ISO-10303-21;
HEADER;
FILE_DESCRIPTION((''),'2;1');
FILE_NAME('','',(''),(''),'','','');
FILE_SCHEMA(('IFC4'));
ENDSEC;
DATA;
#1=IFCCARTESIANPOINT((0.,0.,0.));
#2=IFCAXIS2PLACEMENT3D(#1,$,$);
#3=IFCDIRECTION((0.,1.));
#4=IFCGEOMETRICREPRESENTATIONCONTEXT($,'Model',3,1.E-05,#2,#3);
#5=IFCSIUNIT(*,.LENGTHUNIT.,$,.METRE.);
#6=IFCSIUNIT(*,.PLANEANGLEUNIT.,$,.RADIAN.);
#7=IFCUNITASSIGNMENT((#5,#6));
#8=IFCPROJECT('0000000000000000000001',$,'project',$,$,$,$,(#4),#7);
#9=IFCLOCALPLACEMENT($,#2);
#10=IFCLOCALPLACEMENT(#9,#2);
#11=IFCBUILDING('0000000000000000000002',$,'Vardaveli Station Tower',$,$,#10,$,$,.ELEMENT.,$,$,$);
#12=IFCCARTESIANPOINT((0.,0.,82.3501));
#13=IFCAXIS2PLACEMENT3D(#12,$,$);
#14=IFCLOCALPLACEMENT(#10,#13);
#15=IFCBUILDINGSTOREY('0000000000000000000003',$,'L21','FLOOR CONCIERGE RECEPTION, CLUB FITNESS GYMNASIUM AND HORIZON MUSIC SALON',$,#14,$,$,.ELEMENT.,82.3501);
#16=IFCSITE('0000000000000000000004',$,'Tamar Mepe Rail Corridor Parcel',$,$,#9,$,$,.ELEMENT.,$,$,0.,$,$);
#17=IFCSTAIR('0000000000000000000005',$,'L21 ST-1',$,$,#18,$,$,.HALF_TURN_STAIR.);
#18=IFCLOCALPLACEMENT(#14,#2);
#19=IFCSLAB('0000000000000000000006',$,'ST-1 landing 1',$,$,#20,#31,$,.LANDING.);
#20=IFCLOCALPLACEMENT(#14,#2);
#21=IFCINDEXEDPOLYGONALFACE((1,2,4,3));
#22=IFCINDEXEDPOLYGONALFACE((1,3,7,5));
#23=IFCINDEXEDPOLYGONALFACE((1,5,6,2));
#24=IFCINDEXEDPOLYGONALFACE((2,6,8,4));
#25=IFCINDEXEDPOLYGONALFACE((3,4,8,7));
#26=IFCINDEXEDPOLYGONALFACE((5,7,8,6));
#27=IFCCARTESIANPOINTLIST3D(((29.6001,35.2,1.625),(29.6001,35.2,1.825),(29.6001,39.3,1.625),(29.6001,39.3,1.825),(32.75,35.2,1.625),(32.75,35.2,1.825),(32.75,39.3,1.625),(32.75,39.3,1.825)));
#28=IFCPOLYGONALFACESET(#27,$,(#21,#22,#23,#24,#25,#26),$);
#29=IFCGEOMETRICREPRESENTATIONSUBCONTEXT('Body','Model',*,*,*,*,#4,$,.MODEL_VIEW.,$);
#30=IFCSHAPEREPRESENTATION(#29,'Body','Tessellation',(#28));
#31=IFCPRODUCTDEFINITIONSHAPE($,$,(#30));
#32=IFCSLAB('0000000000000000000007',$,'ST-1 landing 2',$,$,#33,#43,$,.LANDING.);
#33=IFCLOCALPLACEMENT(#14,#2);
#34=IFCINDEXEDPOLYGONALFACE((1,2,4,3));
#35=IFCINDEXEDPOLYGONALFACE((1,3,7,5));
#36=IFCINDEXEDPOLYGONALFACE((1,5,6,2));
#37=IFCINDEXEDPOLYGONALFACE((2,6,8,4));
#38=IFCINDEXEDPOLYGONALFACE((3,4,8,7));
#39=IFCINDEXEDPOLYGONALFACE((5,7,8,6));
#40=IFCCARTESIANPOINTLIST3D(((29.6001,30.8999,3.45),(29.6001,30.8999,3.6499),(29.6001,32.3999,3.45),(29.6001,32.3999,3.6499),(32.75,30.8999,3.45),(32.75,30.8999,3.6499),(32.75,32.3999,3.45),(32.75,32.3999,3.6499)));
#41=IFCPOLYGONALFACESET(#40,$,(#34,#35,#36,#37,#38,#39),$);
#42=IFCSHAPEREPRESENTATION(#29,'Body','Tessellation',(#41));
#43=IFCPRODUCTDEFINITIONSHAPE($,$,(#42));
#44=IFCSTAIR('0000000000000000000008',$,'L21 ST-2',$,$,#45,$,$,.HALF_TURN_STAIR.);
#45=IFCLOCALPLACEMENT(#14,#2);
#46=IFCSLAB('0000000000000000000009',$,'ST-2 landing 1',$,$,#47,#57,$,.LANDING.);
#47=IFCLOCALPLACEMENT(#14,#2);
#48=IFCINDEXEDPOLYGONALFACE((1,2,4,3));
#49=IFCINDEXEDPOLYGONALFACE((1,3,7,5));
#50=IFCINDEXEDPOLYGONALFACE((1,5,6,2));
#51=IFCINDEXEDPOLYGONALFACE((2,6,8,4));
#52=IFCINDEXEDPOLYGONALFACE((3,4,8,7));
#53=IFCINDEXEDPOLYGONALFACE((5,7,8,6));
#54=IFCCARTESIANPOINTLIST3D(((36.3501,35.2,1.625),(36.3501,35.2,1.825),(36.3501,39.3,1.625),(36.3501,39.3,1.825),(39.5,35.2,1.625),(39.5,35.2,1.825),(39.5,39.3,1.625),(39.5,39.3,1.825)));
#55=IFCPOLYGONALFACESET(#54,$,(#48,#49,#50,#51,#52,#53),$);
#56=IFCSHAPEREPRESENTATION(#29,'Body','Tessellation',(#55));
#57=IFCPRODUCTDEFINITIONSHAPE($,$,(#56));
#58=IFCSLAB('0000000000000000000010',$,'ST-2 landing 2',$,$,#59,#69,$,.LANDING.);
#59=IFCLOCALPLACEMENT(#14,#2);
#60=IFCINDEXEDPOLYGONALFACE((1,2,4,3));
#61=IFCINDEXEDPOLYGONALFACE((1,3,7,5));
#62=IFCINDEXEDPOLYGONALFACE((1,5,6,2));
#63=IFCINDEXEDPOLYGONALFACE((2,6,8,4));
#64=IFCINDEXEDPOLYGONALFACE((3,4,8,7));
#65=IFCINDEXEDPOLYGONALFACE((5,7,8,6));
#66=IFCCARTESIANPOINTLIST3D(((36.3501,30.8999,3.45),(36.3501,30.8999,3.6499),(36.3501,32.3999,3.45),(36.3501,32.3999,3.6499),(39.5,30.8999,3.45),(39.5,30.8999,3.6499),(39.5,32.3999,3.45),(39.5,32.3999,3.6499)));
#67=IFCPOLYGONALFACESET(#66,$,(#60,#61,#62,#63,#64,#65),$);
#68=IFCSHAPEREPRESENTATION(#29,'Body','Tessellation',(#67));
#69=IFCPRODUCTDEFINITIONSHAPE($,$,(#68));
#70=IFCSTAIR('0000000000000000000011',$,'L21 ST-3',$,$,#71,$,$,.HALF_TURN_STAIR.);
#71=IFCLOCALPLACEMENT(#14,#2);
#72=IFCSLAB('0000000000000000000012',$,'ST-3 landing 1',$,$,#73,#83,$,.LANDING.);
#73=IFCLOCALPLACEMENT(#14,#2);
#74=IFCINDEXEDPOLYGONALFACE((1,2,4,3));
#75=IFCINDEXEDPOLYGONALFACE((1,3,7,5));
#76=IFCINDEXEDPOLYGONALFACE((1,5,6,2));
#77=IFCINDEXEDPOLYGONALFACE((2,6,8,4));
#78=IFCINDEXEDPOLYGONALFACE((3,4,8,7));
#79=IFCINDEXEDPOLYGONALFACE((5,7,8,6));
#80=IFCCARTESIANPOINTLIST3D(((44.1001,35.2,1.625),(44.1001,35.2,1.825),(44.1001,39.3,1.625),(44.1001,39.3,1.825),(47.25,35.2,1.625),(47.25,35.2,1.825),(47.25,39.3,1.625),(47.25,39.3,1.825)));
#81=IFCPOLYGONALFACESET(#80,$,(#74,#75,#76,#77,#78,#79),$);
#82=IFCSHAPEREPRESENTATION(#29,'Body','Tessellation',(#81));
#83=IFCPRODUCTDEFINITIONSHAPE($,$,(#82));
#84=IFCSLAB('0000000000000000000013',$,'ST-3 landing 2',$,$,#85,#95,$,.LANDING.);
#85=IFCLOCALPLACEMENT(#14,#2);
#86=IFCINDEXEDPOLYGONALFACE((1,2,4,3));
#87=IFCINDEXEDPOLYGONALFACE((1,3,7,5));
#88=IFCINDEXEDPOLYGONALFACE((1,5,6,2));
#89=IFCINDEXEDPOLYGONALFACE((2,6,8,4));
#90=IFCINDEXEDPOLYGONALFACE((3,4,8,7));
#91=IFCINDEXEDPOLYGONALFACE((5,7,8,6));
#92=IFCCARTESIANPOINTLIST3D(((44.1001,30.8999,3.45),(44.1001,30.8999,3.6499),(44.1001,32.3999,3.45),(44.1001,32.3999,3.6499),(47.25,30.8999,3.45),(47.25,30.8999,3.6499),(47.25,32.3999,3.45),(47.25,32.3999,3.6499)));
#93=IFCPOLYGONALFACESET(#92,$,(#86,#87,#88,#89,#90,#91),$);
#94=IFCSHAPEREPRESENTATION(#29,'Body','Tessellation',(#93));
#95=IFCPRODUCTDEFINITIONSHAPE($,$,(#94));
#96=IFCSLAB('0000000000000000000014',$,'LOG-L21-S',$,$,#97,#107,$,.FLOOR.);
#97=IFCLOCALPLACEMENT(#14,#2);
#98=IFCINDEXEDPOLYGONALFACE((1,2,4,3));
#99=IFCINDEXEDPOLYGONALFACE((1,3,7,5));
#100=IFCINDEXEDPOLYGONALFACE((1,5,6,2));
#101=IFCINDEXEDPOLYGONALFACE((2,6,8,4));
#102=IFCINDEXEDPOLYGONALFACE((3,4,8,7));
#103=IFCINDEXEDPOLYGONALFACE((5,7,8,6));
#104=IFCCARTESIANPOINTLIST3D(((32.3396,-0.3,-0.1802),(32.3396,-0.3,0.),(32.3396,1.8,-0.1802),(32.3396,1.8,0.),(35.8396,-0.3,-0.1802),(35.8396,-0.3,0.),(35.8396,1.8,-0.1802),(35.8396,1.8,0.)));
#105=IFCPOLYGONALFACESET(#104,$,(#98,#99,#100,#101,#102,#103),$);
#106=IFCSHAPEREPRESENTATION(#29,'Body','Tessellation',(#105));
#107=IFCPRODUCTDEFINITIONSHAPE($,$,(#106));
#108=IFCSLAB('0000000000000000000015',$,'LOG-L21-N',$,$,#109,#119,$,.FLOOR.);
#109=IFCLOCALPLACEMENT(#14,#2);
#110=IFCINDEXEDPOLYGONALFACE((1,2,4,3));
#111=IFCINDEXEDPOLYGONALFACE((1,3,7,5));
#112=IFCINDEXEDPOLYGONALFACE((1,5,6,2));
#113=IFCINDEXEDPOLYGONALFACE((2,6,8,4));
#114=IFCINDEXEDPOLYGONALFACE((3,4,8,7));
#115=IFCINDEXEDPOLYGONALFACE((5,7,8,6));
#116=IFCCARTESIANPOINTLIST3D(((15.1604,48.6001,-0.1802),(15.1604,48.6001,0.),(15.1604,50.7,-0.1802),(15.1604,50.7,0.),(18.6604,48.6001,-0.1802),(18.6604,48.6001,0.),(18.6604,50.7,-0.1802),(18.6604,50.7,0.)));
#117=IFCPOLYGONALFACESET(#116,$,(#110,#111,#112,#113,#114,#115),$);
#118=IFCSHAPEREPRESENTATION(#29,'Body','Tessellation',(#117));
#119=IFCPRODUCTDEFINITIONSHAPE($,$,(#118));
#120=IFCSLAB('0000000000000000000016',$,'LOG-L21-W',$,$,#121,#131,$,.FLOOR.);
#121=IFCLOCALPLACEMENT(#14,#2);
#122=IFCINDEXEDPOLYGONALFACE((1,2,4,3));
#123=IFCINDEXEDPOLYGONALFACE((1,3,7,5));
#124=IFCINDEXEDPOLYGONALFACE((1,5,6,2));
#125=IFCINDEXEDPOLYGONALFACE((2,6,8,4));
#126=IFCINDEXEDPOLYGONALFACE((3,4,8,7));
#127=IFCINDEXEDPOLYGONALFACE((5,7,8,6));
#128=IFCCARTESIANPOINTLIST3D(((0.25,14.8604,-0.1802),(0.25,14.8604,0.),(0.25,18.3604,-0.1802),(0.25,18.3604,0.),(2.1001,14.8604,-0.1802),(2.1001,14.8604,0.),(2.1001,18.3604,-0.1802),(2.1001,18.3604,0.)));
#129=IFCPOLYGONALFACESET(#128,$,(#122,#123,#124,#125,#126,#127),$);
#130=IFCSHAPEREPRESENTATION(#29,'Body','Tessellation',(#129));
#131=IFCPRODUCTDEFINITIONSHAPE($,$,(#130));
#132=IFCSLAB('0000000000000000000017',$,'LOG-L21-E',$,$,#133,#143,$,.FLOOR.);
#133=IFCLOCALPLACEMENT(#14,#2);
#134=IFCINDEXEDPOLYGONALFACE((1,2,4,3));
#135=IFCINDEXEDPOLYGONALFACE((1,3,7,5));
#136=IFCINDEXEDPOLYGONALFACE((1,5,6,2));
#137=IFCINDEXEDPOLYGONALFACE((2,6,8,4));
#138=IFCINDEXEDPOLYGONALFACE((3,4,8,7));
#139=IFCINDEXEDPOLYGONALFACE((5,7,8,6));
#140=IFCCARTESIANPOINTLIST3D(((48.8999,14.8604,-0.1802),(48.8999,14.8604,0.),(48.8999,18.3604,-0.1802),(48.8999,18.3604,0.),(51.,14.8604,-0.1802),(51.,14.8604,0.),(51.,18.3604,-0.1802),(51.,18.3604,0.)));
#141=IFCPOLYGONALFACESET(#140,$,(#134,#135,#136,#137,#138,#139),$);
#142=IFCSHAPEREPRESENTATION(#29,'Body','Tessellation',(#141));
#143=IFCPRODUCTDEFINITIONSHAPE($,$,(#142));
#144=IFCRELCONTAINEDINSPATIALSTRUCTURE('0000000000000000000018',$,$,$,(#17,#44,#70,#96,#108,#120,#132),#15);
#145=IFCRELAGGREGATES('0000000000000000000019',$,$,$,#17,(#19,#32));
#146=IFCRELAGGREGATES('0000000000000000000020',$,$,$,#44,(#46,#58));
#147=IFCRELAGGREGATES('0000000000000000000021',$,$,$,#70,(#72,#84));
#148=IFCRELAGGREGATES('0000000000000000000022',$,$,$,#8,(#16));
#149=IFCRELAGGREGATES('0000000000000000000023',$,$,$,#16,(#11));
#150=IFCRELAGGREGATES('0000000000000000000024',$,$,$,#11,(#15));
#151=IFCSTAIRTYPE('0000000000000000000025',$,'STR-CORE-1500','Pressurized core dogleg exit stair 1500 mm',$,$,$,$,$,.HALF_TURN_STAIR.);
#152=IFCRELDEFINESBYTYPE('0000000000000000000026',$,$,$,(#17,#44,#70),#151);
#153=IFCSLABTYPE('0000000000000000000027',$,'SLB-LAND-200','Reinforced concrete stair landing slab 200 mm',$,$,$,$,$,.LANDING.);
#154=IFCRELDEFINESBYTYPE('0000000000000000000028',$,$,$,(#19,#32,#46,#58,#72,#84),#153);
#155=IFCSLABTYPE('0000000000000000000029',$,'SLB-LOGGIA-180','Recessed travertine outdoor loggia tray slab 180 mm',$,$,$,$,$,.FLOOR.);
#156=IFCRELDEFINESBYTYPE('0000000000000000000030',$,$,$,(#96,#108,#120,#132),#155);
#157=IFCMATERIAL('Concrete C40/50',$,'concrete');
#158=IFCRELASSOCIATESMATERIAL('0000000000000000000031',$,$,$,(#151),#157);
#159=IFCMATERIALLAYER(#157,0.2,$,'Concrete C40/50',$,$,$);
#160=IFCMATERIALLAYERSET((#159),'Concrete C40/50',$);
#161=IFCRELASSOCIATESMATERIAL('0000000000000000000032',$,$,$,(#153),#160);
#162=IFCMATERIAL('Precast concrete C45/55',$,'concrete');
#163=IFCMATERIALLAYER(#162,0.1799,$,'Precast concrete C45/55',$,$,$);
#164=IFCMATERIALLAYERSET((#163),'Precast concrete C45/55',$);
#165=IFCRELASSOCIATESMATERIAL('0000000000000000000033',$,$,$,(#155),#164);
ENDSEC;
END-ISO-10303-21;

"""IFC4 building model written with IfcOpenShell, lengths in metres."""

from ifc_helpers import new_model, si_unit, direction, frame, origin, place, context, subcontext, project, spatial, polyline, outline, extrude, material, layer, layer_set, type_object, element, aggregate, save


model = new_model("IFC4")

# Units and contexts
model_context = context("Model", 3, precision=1e-05, world=origin(), true_north=direction((0.0, 1.0)))
body_context = subcontext(model_context, "Body", "Model", "MODEL_VIEW")
ifc_project = project(units=[si_unit("LENGTHUNIT", "METRE"), si_unit("PLANEANGLEUNIT", "RADIAN")], contexts=[model_context])

# Site, building, storey
site_placement = place(None, origin())
site = spatial("IfcSite", under=ifc_project, at=site_placement, Name="Tamar Mepe Rail Corridor Parcel", CompositionType="ELEMENT", RefElevation=0.0)
building_placement = place(site_placement, origin())
building = spatial("IfcBuilding", under=site, at=building_placement, Name="Vardaveli Station Tower", CompositionType="ELEMENT")
storey_placement = place(building_placement, frame((0.0, 0.0, 82.3501)))
storey = spatial("IfcBuildingStorey", under=building, at=storey_placement, Name="L21", Description="FLOOR CONCIERGE RECEPTION, CLUB FITNESS GYMNASIUM AND HORIZON MUSIC SALON", CompositionType="ELEMENT", Elevation=82.3501)

# Stairs, slabs
ifc_material_1 = material(Name="Concrete C40/50", Category="concrete")
stair_type = type_object("IfcStairType", Name="STR-CORE-1500", Description="Pressurized core dogleg exit stair 1500 mm", PredefinedType="HALF_TURN_STAIR", material=ifc_material_1)
stair_1_placement = place(storey_placement, origin())
stair_1 = element("IfcStair", 1, at=stair_1_placement, inside=storey, type_object=stair_type, Name="L21 ST-1", PredefinedType="HALF_TURN_STAIR")
ifc_layer_1 = layer(ifc_material_1, 0.2, Name="Concrete C40/50")
ifc_layer_set_1 = layer_set([ifc_layer_1], Name="Concrete C40/50")
slab_type_1 = type_object("IfcSlabType", Name="SLB-LAND-200", Description="Reinforced concrete stair landing slab 200 mm", PredefinedType="LANDING", material=ifc_layer_set_1)
slab_1_placement = place(storey_placement, frame((0.0, 0.0, 1.625)))
slab_1 = element("IfcSlab", 2, at=slab_1_placement, type_object=slab_type_1, Name="ST-1 landing 1", PredefinedType="LANDING", context=body_context, shape_type="SweptSolid", body=[
    extrude(outline(polyline([(32.75, 35.2), (32.75, 39.3), (29.6001, 39.3), (29.6001, 35.2), (32.75, 35.2)])), origin(), (0.0, 0.0, 1.0), 0.2),
])
slab_2_placement = place(storey_placement, frame((0.0, 0.0, 3.45)))
slab_2 = element("IfcSlab", 3, at=slab_2_placement, type_object=slab_type_1, Name="ST-1 landing 2", PredefinedType="LANDING", context=body_context, shape_type="SweptSolid", body=[
    extrude(outline(polyline([(32.75, 30.8999), (32.75, 32.3999), (29.6001, 32.3999), (29.6001, 30.8999), (32.75, 30.8999)])), origin(), (0.0, 0.0, 1.0), 0.2),
])
aggregate(stair_1, [slab_1, slab_2])
stair_2_placement = place(storey_placement, origin())
stair_2 = element("IfcStair", 4, at=stair_2_placement, inside=storey, type_object=stair_type, Name="L21 ST-2", PredefinedType="HALF_TURN_STAIR")
slab_3_placement = place(storey_placement, frame((0.0, 0.0, 1.625)))
slab_3 = element("IfcSlab", 5, at=slab_3_placement, type_object=slab_type_1, Name="ST-2 landing 1", PredefinedType="LANDING", context=body_context, shape_type="SweptSolid", body=[
    extrude(outline(polyline([(39.5, 35.2), (39.5, 39.3), (36.3501, 39.3), (36.3501, 35.2), (39.5, 35.2)])), origin(), (0.0, 0.0, 1.0), 0.2),
])
slab_4_placement = place(storey_placement, frame((0.0, 0.0, 3.45)))
slab_4 = element("IfcSlab", 6, at=slab_4_placement, type_object=slab_type_1, Name="ST-2 landing 2", PredefinedType="LANDING", context=body_context, shape_type="SweptSolid", body=[
    extrude(outline(polyline([(39.5, 30.8999), (39.5, 32.3999), (36.3501, 32.3999), (36.3501, 30.8999), (39.5, 30.8999)])), origin(), (0.0, 0.0, 1.0), 0.2),
])
aggregate(stair_2, [slab_3, slab_4])
stair_3_placement = place(storey_placement, origin())
stair_3 = element("IfcStair", 7, at=stair_3_placement, inside=storey, type_object=stair_type, Name="L21 ST-3", PredefinedType="HALF_TURN_STAIR")
slab_5_placement = place(storey_placement, frame((0.0, 0.0, 1.625)))
slab_5 = element("IfcSlab", 8, at=slab_5_placement, type_object=slab_type_1, Name="ST-3 landing 1", PredefinedType="LANDING", context=body_context, shape_type="SweptSolid", body=[
    extrude(outline(polyline([(47.25, 35.2), (47.25, 39.3), (44.1001, 39.3), (44.1001, 35.2), (47.25, 35.2)])), origin(), (0.0, 0.0, 1.0), 0.2),
])
slab_6_placement = place(storey_placement, frame((0.0, 0.0, 3.45)))
slab_6 = element("IfcSlab", 9, at=slab_6_placement, type_object=slab_type_1, Name="ST-3 landing 2", PredefinedType="LANDING", context=body_context, shape_type="SweptSolid", body=[
    extrude(outline(polyline([(47.25, 30.8999), (47.25, 32.3999), (44.1001, 32.3999), (44.1001, 30.8999), (47.25, 30.8999)])), origin(), (0.0, 0.0, 1.0), 0.2),
])
aggregate(stair_3, [slab_5, slab_6])

# Slabs
ifc_material_2 = material(Name="Precast concrete C45/55", Category="concrete")
ifc_layer_2 = layer(ifc_material_2, 0.1799, Name="Precast concrete C45/55")
ifc_layer_set_2 = layer_set([ifc_layer_2], Name="Precast concrete C45/55")
slab_type_2 = type_object("IfcSlabType", Name="SLB-LOGGIA-180", Description="Recessed travertine outdoor loggia tray slab 180 mm", PredefinedType="FLOOR", material=ifc_layer_set_2)
slab_7_placement = place(storey_placement, frame((0.0, 0.0, -0.1802)))
element("IfcSlab", 10, at=slab_7_placement, inside=storey, type_object=slab_type_2, Name="LOG-L21-S", PredefinedType="FLOOR", context=body_context, shape_type="SweptSolid", body=[
    extrude(outline(polyline([(32.3396, -0.3), (35.8396, -0.3), (35.8396, 1.8), (32.3396, 1.8), (32.3396, -0.3)])), origin(), (0.0, 0.0, 1.0), 0.1802),
])
slab_8_placement = place(storey_placement, frame((0.0, 0.0, -0.1802)))
element("IfcSlab", 11, at=slab_8_placement, inside=storey, type_object=slab_type_2, Name="LOG-L21-N", PredefinedType="FLOOR", context=body_context, shape_type="SweptSolid", body=[
    extrude(outline(polyline([(15.1604, 48.6001), (18.6604, 48.6001), (18.6604, 50.7), (15.1604, 50.7), (15.1604, 48.6001)])), origin(), (0.0, 0.0, 1.0), 0.1802),
])
slab_9_placement = place(storey_placement, frame((0.0, 0.0, -0.1802)))
element("IfcSlab", 12, at=slab_9_placement, inside=storey, type_object=slab_type_2, Name="LOG-L21-W", PredefinedType="FLOOR", context=body_context, shape_type="SweptSolid", body=[
    extrude(outline(polyline([(0.25, 14.8604), (2.1001, 14.8604), (2.1001, 18.3604), (0.25, 18.3604), (0.25, 14.8604)])), origin(), (0.0, 0.0, 1.0), 0.1802),
])
slab_10_placement = place(storey_placement, frame((0.0, 0.0, -0.1802)))
element("IfcSlab", 13, at=slab_10_placement, inside=storey, type_object=slab_type_2, Name="LOG-L21-E", PredefinedType="FLOOR", context=body_context, shape_type="SweptSolid", body=[
    extrude(outline(polyline([(48.8999, 14.8604), (51.0, 14.8604), (51.0, 18.3604), (48.8999, 18.3604), (48.8999, 14.8604)])), origin(), (0.0, 0.0, 1.0), 0.1802),
])

save(model, "model.ifc")
